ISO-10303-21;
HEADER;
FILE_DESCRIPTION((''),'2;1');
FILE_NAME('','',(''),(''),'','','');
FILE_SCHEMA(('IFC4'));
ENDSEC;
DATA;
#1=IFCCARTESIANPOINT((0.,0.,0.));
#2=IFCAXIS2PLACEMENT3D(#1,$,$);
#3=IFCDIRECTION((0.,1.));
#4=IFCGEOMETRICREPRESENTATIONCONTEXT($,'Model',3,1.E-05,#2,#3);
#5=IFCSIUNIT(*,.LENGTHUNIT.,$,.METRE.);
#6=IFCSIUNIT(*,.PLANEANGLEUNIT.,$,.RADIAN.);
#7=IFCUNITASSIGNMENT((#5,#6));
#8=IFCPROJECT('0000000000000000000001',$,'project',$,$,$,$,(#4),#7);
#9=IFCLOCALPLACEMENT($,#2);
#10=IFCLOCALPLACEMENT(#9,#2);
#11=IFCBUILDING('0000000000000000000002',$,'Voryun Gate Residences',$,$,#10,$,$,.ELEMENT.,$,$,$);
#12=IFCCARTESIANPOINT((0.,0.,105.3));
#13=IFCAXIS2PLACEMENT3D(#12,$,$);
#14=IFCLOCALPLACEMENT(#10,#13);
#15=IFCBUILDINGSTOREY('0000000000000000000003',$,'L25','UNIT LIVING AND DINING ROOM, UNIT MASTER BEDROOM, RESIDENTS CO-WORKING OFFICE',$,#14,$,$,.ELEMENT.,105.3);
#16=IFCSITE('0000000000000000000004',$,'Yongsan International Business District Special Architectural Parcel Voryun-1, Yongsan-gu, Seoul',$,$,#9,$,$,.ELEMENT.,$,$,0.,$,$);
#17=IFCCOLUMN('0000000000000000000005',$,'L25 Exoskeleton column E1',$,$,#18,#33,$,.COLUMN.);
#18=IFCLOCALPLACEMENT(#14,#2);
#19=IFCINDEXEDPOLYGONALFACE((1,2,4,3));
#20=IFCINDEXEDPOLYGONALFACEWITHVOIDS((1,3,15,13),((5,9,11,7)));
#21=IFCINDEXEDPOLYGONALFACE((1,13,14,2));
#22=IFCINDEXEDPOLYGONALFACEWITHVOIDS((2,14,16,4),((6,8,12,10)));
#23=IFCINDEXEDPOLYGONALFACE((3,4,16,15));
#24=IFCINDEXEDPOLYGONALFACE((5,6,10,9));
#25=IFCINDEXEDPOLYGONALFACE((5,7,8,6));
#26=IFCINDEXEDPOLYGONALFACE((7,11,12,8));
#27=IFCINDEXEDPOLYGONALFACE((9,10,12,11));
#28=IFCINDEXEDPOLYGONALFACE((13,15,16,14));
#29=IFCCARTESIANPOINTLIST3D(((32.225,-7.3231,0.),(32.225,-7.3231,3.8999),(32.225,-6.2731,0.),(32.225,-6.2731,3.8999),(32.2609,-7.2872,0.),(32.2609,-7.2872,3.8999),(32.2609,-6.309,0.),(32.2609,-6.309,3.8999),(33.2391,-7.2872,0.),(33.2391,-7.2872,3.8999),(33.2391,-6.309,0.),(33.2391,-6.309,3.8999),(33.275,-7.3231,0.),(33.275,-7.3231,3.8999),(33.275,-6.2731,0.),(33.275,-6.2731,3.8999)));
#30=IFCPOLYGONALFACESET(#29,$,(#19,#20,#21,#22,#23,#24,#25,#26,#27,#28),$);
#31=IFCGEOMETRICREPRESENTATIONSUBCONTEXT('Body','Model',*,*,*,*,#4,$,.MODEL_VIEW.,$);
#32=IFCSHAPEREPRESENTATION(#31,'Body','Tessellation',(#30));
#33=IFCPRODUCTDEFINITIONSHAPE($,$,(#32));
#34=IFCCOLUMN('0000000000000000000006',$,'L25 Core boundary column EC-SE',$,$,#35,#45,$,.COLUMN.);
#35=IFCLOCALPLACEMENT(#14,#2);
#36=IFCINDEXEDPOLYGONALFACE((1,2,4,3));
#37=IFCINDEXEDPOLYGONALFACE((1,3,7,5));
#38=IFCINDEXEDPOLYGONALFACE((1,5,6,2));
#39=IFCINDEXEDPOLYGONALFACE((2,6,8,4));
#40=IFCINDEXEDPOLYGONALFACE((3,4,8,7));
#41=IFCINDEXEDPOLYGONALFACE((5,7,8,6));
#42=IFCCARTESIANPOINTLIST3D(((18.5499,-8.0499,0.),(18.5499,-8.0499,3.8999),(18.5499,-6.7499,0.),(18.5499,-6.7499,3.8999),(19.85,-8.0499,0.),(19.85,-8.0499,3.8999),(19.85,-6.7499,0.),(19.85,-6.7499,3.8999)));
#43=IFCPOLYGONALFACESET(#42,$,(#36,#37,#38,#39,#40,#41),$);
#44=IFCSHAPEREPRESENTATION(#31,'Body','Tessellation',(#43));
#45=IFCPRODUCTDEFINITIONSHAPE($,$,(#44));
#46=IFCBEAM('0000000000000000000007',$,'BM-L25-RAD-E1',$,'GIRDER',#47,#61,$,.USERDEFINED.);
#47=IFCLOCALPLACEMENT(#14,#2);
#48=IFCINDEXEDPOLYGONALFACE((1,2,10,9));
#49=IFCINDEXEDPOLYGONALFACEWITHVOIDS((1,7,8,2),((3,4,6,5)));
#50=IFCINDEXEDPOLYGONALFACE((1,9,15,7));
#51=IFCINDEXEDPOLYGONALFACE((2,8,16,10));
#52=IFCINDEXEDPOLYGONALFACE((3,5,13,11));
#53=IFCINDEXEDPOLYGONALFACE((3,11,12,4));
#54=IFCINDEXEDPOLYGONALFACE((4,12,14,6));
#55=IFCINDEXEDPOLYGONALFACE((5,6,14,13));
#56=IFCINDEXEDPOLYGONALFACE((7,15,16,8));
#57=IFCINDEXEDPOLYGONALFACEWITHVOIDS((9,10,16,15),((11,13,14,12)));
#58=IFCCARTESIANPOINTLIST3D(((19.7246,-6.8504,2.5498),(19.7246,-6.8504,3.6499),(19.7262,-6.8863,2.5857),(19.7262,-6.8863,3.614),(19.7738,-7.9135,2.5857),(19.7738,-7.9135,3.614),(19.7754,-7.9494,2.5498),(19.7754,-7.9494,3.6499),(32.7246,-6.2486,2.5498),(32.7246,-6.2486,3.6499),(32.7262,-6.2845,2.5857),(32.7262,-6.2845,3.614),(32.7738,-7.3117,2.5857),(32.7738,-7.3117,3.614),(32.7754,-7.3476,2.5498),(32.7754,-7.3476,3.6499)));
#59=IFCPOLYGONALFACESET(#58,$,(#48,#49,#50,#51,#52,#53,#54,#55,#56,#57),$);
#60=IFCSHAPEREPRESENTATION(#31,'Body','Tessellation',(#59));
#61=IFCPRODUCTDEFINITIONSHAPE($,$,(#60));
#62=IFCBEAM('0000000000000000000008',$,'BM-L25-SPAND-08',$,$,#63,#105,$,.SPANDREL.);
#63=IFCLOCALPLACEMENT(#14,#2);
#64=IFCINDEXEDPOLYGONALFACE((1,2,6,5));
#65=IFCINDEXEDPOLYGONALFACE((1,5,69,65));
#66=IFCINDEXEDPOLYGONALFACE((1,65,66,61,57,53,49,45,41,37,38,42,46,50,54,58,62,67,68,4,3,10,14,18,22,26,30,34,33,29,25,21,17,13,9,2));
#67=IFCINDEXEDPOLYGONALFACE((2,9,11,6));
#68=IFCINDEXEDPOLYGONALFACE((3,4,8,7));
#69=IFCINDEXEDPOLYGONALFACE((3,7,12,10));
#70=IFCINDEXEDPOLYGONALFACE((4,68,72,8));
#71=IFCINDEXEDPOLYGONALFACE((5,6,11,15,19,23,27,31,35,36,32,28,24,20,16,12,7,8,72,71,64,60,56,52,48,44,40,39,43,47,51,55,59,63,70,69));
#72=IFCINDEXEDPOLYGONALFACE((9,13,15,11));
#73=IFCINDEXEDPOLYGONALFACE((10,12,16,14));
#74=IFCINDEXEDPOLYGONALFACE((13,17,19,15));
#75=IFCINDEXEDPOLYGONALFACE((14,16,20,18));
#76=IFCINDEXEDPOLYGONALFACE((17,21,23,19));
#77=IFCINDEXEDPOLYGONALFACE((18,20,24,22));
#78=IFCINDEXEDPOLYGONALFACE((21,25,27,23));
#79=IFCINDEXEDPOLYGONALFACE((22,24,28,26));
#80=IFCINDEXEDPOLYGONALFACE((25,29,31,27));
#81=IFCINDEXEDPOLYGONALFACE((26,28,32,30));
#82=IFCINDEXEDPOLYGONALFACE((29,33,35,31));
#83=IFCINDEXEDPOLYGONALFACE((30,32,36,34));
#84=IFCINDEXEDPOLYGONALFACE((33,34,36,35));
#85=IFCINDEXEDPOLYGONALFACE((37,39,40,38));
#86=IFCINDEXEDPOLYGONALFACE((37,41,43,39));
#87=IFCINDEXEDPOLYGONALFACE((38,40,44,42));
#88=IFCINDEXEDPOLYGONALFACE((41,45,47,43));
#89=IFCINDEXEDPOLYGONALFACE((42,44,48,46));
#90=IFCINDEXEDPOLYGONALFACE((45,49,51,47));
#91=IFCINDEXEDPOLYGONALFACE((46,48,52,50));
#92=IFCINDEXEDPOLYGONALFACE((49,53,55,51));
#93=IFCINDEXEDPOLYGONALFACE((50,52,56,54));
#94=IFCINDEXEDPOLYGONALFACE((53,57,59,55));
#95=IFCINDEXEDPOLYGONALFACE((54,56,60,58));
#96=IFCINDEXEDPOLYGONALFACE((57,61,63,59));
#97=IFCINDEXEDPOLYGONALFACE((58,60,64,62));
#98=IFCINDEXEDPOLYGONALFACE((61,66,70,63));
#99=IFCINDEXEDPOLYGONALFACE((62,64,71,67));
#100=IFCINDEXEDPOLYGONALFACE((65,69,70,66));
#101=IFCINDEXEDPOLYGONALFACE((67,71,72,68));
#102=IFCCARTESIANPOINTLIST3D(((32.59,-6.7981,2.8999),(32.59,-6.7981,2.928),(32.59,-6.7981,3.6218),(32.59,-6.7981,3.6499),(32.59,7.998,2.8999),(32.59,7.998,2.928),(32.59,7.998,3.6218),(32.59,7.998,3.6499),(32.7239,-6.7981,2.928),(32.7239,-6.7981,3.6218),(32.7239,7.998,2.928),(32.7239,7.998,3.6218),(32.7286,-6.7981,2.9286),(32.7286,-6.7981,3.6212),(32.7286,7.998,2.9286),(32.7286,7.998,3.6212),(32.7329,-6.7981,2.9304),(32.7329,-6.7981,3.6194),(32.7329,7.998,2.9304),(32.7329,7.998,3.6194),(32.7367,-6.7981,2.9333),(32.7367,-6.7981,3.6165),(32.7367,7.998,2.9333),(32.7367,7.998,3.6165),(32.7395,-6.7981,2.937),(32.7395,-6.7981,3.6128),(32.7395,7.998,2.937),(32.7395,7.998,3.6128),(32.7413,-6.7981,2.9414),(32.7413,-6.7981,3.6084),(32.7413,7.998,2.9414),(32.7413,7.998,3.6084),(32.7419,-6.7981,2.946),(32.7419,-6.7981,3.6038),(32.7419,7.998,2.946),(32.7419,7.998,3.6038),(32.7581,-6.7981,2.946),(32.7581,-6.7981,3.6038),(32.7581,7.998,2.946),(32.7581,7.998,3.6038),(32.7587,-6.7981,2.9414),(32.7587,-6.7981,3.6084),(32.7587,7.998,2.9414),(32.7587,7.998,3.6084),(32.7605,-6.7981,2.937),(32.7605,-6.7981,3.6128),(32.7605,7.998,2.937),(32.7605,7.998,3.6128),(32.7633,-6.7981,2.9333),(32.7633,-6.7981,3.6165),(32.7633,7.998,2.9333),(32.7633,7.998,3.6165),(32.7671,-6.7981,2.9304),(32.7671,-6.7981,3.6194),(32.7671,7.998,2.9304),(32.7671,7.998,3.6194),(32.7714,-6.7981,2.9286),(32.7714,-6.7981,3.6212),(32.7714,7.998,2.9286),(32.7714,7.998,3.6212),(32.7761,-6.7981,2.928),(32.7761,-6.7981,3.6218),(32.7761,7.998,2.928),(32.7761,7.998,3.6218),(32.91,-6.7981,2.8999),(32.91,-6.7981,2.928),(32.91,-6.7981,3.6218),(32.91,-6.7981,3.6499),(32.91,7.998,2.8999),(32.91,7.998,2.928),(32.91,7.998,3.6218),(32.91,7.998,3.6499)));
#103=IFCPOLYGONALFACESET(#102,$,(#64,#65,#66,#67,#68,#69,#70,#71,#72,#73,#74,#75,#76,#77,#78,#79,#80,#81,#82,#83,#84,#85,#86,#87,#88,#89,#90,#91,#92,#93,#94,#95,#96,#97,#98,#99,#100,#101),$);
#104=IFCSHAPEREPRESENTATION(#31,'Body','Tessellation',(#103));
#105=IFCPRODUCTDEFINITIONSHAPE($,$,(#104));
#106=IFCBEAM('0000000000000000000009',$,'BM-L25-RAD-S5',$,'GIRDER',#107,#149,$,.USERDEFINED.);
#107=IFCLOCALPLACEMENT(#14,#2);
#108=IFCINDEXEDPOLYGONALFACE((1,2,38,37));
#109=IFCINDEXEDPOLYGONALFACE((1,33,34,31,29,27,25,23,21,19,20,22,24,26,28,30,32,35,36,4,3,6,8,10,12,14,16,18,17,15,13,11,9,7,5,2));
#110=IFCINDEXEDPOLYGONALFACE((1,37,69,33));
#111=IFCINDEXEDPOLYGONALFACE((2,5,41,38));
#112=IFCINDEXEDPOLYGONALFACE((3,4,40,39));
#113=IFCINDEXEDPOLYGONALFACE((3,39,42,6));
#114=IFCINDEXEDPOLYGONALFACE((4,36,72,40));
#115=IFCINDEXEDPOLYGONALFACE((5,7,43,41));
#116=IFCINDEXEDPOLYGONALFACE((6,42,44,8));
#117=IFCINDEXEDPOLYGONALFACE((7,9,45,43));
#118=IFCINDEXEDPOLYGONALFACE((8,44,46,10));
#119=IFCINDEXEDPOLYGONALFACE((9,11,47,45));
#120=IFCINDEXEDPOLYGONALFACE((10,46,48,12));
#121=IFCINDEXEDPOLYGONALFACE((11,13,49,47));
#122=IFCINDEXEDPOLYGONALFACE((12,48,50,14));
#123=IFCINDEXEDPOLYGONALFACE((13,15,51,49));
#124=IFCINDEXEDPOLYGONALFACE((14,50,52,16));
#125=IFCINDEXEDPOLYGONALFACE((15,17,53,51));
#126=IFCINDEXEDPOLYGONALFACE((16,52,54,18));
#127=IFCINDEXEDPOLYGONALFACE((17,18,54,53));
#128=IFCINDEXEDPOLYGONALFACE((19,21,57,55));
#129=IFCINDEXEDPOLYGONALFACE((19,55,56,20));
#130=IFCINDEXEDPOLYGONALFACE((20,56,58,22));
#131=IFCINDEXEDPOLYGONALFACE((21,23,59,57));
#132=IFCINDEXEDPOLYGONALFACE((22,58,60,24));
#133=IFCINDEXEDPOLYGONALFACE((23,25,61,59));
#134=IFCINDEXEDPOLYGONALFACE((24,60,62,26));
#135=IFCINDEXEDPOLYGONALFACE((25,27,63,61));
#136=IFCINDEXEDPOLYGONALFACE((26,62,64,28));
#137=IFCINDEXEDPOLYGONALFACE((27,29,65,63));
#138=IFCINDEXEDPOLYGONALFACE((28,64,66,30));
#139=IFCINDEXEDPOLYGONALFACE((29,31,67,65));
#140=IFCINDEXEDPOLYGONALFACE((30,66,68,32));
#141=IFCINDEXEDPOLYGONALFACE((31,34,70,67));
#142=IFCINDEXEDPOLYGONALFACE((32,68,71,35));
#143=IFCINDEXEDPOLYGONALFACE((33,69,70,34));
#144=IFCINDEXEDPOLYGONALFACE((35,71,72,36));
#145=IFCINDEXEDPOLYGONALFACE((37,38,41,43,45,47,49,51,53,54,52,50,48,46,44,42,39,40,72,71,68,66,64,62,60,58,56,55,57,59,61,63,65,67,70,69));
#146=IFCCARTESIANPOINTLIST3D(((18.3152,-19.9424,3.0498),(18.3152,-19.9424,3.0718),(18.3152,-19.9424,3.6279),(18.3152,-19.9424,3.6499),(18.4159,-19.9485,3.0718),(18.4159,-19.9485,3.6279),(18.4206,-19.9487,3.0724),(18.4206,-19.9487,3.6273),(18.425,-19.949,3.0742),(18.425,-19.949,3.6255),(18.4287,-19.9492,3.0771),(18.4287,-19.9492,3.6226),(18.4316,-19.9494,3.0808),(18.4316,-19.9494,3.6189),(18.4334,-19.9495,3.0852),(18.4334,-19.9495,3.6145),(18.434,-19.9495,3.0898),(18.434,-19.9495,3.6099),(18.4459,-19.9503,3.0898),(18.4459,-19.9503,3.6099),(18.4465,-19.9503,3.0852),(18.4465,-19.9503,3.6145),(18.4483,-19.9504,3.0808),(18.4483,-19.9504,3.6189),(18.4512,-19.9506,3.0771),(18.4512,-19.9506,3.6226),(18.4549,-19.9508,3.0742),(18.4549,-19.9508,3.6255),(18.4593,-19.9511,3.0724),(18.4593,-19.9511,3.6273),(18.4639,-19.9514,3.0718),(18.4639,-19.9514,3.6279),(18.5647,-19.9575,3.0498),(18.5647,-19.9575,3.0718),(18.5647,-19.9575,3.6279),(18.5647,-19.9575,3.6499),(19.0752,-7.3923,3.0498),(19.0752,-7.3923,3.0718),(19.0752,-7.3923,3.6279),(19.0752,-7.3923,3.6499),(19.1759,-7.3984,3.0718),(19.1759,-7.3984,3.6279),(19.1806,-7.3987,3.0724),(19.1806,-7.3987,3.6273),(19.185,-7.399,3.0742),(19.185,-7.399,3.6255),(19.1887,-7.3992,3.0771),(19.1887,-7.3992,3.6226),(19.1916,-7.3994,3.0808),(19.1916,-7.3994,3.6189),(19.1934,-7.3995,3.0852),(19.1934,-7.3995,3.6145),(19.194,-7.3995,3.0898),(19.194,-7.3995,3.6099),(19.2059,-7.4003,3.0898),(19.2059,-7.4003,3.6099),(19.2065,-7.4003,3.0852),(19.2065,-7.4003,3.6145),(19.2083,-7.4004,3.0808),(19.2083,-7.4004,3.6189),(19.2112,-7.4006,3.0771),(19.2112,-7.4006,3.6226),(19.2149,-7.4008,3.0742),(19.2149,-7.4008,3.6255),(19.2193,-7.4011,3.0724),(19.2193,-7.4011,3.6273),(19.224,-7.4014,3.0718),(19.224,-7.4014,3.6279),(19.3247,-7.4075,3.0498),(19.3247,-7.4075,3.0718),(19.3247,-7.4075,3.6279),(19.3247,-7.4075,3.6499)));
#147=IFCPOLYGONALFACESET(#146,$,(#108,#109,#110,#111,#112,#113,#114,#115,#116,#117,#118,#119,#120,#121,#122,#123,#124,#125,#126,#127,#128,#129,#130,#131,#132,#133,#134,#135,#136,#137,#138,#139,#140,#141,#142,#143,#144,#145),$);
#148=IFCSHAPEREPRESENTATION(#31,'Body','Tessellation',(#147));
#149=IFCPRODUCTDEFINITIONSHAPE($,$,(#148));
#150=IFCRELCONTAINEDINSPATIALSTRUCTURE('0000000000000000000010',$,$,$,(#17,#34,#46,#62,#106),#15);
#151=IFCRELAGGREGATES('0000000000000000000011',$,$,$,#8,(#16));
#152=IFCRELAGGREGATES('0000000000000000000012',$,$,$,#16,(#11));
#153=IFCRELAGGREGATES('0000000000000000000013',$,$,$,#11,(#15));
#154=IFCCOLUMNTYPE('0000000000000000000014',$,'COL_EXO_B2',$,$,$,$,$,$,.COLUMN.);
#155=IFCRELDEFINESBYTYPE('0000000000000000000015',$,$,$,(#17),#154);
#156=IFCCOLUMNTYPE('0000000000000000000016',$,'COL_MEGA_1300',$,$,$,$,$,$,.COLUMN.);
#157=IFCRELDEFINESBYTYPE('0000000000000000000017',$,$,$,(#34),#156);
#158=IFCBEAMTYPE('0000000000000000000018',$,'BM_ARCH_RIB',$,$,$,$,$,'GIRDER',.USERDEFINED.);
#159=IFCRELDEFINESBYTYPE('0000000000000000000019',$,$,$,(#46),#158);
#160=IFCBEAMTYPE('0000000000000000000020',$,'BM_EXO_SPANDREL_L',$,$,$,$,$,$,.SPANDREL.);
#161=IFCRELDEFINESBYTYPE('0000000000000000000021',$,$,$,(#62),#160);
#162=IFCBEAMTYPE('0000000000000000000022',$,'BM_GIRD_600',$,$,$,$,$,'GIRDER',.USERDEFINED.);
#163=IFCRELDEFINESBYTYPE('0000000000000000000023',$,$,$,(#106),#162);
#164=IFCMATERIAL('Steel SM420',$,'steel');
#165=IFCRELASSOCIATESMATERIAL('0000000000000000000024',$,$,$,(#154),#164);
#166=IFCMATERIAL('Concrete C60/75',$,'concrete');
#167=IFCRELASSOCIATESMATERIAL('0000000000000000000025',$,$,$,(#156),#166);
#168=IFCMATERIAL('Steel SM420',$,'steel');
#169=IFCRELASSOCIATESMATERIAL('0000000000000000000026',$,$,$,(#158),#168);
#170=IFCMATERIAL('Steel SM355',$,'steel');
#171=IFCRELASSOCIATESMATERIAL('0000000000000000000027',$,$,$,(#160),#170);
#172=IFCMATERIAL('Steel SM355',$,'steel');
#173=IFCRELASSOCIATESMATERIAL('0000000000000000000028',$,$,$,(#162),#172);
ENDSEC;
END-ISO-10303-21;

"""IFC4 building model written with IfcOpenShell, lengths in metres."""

from ifc_helpers import new_model, si_unit, direction, frame, origin, origin_2d, place, context, subcontext, project, spatial, rectangle, hollow_rectangle, i_section, extrude, material, material_profile, profile_set, type_object, element, save


model = new_model("IFC4")

# Units and contexts
model_context = context("Model", 3, precision=1e-05, world=origin(), true_north=direction((0.0, 1.0)))
body_context = subcontext(model_context, "Body", "Model", "MODEL_VIEW")
ifc_project = project(units=[si_unit("LENGTHUNIT", "METRE"), si_unit("PLANEANGLEUNIT", "RADIAN")], contexts=[model_context])

# Site, building, storey
site_placement = place(None, origin())
site = spatial("IfcSite", under=ifc_project, at=site_placement, Name="Yongsan International Business District Special Architectural Parcel Voryun-1, Yongsan-gu, Seoul", CompositionType="ELEMENT", RefElevation=0.0)
building_placement = place(site_placement, origin())
building = spatial("IfcBuilding", under=site, at=building_placement, Name="Voryun Gate Residences", CompositionType="ELEMENT")
storey_placement = place(building_placement, frame((0.0, 0.0, 105.3)))
storey = spatial("IfcBuildingStorey", under=building, at=storey_placement, Name="L25", Description="UNIT LIVING AND DINING ROOM, UNIT MASTER BEDROOM, RESIDENTS CO-WORKING OFFICE", CompositionType="ELEMENT", Elevation=105.3)

# Columns
ifc_material_1 = material(Name="Steel SM420", Category="steel")
ifc_material_profile_1 = material_profile(ifc_material_1, hollow_rectangle(XDim=1.05, YDim=1.05, WallThickness=0.0359, at=origin_2d()), Name="BOX-1050x1050x36")
ifc_profile_set_1 = profile_set([ifc_material_profile_1], Name="Steel SM420")
column_type_1 = type_object("IfcColumnType", Name="COL_EXO_B2", PredefinedType="COLUMN", material=ifc_profile_set_1)
column_1_placement = place(storey_placement, frame((32.75, -6.7981, 0.0), z_axis=(0.0, 0.0, 1.0), x_axis=(1.0, 0.0, 0.0)))
element("IfcColumn", 1, at=column_1_placement, inside=storey, type_object=column_type_1, Name="L25 Exoskeleton column E1", PredefinedType="COLUMN", context=body_context, shape_type="SweptSolid", body=[
    extrude(hollow_rectangle(XDim=1.05, YDim=1.05, WallThickness=0.0359, at=origin_2d()), origin(), (0.0, 0.0, 1.0), 3.8999),
])
ifc_material_2 = material(Name="Concrete C60/75", Category="concrete")
ifc_material_profile_2 = material_profile(ifc_material_2, rectangle(XDim=1.3, YDim=1.3, at=origin_2d()), Name="RC-1300x1300")
ifc_profile_set_2 = profile_set([ifc_material_profile_2], Name="Concrete C60/75")
column_type_2 = type_object("IfcColumnType", Name="COL_MEGA_1300", PredefinedType="COLUMN", material=ifc_profile_set_2)
column_2_placement = place(storey_placement, frame((19.2, -7.3999, 0.0), z_axis=(0.0, 0.0, 1.0), x_axis=(1.0, 0.0, 0.0)))
element("IfcColumn", 2, at=column_2_placement, inside=storey, type_object=column_type_2, Name="L25 Core boundary column EC-SE", PredefinedType="COLUMN", context=body_context, shape_type="SweptSolid", body=[
    extrude(rectangle(XDim=1.3, YDim=1.3, at=origin_2d()), origin(), (0.0, 0.0, 1.0), 3.8999),
])

# Beams
ifc_material_3 = material(Name="Steel SM420", Category="steel")
ifc_material_profile_3 = material_profile(ifc_material_3, hollow_rectangle(XDim=1.1001, YDim=1.1001, WallThickness=0.0359, at=origin_2d()), Name="BOX-1100x1100x36")
ifc_profile_set_3 = profile_set([ifc_material_profile_3], Name="Steel SM420")
beam_type_1 = type_object("IfcBeamType", Name="BM_ARCH_RIB", ElementType="GIRDER", PredefinedType="USERDEFINED", material=ifc_profile_set_3)
beam_1_placement = place(storey_placement, frame((19.75, -7.3999, 3.0999), z_axis=(0.99893, 0.046243, 0.0), x_axis=(-0.046243, 0.99893, 0.0)))
element("IfcBeam", 3, at=beam_1_placement, inside=storey, type_object=beam_type_1, Name="BM-L25-RAD-E1", ObjectType="GIRDER", PredefinedType="USERDEFINED", context=body_context, shape_type="SweptSolid", body=[
    extrude(hollow_rectangle(XDim=1.1001, YDim=1.1001, WallThickness=0.0359, at=origin_2d()), origin(), (0.0, 0.0, 1.0), 13.0139),
])
ifc_material_4 = material(Name="Steel SM355", Category="steel")
ifc_material_profile_4 = material_profile(ifc_material_4, i_section(OverallWidth=0.3201, OverallDepth=0.75, WebThickness=0.0161, FlangeThickness=0.0281, FilletRadius=0.0181, at=origin_2d()), Name="H-750x320x16x28")
ifc_profile_set_4 = profile_set([ifc_material_profile_4], Name="Steel SM355")
beam_type_2 = type_object("IfcBeamType", Name="BM_EXO_SPANDREL_L", PredefinedType="SPANDREL", material=ifc_profile_set_4)
beam_2_placement = place(storey_placement, frame((32.75, -6.7981, 3.2749), z_axis=(0.0, 1.0, 0.0), x_axis=(-1.0, 0.0, 0.0)))
element("IfcBeam", 4, at=beam_2_placement, inside=storey, type_object=beam_type_2, Name="BM-L25-SPAND-08", PredefinedType="SPANDREL", context=body_context, shape_type="SweptSolid", body=[
    extrude(i_section(OverallWidth=0.3201, OverallDepth=0.75, WebThickness=0.0161, FlangeThickness=0.0281, FilletRadius=0.0181, at=origin_2d()), origin(), (0.0, 0.0, 1.0), 14.7961),
])
ifc_material_5 = material(Name="Steel SM355", Category="steel")
ifc_material_profile_5 = material_profile(ifc_material_5, i_section(OverallWidth=0.25, OverallDepth=0.6001, WebThickness=0.012, FlangeThickness=0.022, FilletRadius=0.0181, at=origin_2d()), Name="H-600x250x12x22")
ifc_profile_set_5 = profile_set([ifc_material_profile_5], Name="Steel SM355")
beam_type_3 = type_object("IfcBeamType", Name="BM_GIRD_600", ElementType="GIRDER", PredefinedType="USERDEFINED", material=ifc_profile_set_5)
beam_3_placement = place(storey_placement, frame((19.2, -7.3999, 3.3499), z_axis=(-0.060448, -0.998171, 0.0), x_axis=(0.998171, -0.060448, 0.0)))
element("IfcBeam", 5, at=beam_3_placement, inside=storey, type_object=beam_type_3, Name="BM-L25-RAD-S5", ObjectType="GIRDER", PredefinedType="USERDEFINED", context=body_context, shape_type="SweptSolid", body=[
    extrude(i_section(OverallWidth=0.25, OverallDepth=0.6001, WebThickness=0.012, FlangeThickness=0.022, FilletRadius=0.0181, at=origin_2d()), origin(), (0.0, 0.0, 1.0), 12.573),
])

save(model, "model.ifc")
